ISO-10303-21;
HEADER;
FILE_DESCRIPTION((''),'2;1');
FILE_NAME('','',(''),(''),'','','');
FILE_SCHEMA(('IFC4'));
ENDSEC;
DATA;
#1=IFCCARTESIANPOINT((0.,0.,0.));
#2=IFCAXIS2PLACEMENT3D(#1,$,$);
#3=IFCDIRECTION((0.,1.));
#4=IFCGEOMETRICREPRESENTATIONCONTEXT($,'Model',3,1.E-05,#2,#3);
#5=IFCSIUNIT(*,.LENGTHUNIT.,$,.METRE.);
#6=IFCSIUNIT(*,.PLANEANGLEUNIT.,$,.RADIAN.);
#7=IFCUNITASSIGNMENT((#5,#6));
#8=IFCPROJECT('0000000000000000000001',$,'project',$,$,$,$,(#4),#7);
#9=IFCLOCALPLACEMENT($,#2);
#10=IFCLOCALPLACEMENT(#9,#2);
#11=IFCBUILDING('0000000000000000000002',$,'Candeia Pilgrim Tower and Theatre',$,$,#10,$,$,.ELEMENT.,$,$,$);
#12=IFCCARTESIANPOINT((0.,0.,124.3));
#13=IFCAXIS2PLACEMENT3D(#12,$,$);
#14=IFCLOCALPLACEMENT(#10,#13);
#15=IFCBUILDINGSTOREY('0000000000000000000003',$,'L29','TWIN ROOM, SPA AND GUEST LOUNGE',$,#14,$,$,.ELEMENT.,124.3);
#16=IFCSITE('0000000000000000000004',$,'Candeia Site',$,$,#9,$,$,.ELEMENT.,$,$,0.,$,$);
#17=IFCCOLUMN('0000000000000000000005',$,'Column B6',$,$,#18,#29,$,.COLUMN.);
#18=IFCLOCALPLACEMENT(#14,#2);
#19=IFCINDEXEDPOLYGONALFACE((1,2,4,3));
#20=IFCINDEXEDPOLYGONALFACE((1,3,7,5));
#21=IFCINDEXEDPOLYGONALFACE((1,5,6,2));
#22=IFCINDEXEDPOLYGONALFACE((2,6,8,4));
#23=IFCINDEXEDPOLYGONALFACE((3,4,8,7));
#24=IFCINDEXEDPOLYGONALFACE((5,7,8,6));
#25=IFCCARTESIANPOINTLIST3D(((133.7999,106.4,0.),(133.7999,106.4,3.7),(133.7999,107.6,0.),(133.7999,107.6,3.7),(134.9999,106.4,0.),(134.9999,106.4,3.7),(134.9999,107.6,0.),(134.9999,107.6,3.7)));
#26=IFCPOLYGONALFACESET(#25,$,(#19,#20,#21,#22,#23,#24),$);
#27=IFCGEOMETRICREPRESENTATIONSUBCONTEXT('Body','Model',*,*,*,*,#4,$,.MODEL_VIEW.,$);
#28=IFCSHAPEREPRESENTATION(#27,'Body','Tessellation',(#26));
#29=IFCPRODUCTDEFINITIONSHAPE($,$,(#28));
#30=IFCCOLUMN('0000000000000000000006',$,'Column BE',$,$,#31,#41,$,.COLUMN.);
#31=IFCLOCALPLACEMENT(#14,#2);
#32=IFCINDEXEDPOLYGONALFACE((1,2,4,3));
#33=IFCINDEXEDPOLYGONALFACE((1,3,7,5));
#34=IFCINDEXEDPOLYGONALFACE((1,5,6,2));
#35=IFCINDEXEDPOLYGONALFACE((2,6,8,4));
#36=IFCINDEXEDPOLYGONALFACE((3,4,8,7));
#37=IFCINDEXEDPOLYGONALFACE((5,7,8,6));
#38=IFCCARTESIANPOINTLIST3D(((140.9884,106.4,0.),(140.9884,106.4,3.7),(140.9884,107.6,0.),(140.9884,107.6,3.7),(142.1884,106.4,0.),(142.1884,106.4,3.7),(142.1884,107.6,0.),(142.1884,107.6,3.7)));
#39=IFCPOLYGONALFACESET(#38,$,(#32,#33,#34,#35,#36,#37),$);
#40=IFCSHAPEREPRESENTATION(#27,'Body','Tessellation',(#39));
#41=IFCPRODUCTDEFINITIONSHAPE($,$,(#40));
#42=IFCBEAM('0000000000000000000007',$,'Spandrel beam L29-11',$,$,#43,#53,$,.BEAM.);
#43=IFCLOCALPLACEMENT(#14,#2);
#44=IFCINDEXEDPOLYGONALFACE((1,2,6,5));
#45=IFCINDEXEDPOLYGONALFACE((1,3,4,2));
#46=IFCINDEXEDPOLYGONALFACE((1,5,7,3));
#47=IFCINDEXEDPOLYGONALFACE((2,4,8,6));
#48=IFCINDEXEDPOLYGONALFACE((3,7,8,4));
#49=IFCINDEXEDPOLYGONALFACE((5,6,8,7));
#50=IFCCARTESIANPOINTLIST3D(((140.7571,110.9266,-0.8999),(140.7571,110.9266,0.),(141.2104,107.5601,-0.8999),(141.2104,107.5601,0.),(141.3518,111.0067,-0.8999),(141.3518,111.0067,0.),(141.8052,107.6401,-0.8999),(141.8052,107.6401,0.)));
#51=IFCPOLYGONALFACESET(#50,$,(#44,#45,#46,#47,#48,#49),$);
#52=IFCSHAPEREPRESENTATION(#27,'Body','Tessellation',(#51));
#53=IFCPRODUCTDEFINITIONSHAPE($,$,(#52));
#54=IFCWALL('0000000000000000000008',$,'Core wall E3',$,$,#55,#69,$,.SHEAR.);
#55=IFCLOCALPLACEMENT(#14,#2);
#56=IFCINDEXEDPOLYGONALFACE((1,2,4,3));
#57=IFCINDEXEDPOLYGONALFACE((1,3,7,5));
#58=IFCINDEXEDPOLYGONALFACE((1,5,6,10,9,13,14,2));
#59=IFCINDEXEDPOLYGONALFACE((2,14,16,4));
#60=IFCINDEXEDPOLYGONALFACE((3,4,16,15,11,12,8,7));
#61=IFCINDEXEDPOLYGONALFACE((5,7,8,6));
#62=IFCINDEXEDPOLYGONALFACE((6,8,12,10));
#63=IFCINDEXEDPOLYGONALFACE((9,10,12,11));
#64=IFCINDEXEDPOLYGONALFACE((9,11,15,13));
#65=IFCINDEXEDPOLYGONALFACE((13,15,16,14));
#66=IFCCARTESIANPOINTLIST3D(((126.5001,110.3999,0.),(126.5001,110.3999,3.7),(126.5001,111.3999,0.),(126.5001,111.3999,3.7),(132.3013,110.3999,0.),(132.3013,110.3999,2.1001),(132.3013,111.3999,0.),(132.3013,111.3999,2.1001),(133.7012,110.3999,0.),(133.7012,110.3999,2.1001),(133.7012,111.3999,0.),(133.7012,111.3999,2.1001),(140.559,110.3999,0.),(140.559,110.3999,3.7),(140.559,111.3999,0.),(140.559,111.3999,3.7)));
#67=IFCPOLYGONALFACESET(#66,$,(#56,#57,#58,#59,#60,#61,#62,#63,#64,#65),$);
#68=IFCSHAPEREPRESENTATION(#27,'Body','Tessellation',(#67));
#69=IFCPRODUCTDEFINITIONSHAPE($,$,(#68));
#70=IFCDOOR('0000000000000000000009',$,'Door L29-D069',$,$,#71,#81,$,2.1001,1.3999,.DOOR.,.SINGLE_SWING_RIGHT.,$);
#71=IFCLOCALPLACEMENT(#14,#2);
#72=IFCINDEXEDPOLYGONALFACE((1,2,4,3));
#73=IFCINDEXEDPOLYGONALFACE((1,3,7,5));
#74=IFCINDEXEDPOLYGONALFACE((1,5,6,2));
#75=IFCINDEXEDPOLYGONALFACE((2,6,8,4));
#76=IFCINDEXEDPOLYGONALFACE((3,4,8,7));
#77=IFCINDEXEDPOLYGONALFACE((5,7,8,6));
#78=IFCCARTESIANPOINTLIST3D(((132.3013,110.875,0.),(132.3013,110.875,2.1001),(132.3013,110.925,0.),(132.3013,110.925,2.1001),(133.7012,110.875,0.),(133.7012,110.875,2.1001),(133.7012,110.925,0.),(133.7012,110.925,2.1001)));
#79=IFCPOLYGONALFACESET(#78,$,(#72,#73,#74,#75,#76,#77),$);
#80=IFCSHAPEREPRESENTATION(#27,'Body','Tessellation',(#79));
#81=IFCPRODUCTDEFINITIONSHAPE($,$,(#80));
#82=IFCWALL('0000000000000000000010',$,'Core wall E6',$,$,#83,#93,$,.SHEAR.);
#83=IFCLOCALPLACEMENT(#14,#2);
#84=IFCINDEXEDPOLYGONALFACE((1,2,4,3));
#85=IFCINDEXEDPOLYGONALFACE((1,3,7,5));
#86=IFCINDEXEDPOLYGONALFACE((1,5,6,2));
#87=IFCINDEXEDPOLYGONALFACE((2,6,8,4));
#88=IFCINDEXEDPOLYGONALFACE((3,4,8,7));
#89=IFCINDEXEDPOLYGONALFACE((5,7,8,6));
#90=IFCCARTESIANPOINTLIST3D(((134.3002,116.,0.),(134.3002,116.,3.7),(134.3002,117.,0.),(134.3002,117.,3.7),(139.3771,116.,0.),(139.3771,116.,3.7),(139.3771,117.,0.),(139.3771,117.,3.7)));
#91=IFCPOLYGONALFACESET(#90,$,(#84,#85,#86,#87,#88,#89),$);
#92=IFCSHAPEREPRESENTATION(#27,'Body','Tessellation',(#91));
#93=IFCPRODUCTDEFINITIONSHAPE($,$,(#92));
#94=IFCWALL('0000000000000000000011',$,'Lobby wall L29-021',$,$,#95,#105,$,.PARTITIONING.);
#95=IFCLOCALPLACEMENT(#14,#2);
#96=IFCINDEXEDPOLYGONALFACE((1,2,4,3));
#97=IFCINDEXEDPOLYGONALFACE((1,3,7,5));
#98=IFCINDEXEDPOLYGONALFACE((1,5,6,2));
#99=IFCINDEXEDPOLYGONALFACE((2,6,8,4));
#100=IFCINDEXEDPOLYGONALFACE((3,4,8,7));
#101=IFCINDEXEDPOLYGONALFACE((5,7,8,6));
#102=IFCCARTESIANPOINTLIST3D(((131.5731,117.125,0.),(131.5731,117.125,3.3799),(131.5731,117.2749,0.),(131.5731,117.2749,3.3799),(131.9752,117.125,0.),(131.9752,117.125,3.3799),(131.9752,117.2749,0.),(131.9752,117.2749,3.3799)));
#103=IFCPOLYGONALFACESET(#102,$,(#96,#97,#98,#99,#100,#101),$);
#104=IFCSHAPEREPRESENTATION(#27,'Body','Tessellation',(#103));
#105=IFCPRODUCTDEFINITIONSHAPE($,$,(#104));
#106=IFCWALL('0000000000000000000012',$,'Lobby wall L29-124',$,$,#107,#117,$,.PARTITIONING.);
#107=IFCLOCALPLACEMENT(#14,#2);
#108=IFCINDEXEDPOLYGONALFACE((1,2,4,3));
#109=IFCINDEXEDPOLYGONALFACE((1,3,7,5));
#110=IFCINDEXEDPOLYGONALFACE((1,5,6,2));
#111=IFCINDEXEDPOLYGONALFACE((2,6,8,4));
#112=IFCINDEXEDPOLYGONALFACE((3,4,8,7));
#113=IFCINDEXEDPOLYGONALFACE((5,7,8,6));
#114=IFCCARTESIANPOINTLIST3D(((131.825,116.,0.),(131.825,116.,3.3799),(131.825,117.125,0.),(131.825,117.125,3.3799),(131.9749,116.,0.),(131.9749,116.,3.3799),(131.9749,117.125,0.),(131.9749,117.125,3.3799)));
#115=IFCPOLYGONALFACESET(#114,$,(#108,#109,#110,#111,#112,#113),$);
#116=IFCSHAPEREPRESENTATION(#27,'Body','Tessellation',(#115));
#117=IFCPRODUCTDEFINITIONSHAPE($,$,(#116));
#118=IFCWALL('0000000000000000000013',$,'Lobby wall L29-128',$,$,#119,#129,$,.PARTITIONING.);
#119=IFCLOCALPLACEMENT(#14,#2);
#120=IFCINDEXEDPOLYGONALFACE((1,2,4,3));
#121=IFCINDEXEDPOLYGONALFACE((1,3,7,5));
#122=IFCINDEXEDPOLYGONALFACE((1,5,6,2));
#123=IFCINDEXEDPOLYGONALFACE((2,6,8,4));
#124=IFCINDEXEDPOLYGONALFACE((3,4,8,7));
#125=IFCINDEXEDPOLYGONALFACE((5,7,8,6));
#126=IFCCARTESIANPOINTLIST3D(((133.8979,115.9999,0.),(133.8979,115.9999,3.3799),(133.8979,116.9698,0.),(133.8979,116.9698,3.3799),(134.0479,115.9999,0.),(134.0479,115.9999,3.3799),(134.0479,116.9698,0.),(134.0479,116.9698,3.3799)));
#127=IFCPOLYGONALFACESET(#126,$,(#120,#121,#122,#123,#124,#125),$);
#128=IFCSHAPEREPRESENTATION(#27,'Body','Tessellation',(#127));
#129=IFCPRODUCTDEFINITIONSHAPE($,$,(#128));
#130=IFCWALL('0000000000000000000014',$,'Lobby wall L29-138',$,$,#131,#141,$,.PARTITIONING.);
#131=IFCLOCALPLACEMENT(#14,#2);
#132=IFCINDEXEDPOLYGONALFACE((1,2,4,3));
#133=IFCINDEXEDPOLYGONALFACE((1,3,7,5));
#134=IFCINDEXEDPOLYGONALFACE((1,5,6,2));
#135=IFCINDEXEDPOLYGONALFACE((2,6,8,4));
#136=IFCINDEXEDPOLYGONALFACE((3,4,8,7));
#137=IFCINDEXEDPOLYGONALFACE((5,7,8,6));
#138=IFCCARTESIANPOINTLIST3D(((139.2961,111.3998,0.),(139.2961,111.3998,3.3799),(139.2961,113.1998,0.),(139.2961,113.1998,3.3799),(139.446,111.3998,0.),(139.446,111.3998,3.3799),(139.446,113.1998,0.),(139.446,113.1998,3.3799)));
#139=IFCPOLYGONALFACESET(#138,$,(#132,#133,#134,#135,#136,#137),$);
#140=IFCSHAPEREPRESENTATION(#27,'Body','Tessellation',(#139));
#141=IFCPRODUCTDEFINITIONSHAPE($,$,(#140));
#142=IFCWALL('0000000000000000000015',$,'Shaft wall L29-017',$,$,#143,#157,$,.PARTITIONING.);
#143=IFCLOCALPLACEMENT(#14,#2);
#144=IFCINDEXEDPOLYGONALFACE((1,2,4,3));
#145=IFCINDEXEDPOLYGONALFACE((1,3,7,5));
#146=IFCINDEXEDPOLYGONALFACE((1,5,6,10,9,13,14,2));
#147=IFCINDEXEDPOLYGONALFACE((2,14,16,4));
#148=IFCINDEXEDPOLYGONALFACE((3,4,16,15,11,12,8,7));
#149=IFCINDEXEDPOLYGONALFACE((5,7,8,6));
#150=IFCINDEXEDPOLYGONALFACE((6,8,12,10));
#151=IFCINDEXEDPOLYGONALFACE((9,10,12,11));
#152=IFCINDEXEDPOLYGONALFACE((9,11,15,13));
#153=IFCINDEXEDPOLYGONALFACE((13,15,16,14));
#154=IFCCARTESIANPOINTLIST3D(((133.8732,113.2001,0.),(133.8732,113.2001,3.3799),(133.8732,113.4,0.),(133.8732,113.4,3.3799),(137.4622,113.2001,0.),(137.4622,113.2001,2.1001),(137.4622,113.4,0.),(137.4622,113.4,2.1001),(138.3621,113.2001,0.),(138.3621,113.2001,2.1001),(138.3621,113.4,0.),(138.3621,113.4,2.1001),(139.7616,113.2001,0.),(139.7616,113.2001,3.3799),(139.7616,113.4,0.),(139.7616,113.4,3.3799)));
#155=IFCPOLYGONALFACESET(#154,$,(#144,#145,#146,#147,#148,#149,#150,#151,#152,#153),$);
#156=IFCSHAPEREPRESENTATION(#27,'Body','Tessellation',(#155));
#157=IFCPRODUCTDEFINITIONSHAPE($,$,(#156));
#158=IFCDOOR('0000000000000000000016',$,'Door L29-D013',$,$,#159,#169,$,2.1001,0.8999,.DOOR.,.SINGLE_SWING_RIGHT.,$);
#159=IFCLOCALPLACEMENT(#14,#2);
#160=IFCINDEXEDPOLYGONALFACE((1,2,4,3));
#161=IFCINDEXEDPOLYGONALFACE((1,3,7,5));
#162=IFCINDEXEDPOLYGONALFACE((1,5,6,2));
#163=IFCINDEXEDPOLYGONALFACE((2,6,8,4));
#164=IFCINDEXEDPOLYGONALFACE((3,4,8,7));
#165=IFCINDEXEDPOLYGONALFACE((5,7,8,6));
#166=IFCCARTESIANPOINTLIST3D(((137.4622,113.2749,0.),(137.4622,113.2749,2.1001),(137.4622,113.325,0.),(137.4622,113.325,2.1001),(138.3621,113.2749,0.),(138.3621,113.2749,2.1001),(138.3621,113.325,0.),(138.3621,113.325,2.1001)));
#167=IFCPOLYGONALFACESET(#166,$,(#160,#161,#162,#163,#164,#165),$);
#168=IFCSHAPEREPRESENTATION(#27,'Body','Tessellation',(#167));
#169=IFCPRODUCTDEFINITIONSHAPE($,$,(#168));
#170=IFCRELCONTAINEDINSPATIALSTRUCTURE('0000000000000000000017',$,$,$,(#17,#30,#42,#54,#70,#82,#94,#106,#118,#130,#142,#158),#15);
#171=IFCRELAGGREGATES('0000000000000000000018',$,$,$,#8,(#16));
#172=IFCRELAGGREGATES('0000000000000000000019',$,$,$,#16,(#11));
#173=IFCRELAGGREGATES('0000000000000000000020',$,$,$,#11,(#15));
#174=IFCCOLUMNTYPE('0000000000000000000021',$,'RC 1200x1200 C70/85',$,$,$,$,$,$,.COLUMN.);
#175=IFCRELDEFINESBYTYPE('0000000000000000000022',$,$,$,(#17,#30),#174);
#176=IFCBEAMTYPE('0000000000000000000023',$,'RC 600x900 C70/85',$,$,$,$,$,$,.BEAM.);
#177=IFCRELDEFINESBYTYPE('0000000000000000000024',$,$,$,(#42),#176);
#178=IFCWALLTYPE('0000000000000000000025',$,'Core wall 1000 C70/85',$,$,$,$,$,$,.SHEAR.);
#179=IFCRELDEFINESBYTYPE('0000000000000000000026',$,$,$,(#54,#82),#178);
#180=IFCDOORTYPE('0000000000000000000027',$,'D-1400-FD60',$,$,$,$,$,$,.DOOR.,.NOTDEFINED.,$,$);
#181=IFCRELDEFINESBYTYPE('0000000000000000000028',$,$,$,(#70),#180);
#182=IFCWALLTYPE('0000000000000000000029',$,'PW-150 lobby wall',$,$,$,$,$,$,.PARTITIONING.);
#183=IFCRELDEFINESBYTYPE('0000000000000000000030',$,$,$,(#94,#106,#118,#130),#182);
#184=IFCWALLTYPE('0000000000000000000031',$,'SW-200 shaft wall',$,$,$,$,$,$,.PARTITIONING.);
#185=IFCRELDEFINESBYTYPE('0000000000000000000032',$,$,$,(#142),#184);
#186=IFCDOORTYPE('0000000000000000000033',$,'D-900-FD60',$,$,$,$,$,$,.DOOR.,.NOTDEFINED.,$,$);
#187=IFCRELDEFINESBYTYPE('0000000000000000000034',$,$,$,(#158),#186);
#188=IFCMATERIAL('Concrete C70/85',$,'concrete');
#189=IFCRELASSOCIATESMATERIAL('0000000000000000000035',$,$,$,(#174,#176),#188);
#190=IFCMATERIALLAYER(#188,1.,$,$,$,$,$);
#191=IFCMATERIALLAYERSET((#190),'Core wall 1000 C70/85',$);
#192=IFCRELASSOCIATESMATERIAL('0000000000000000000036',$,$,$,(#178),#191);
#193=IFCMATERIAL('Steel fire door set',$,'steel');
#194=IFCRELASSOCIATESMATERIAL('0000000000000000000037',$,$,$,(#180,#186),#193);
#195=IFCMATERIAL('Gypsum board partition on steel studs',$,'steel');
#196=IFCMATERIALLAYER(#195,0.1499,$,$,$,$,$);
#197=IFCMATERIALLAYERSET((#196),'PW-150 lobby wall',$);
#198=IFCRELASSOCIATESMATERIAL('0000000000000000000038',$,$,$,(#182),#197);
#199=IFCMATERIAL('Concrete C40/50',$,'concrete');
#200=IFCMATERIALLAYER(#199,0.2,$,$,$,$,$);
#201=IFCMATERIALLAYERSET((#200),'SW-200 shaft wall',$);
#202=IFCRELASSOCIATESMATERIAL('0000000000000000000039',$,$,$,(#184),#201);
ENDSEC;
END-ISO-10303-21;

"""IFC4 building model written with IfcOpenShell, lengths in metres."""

from ifc_helpers import new_model, si_unit, direction, frame, frame_2d, origin, origin_2d, place, context, subcontext, project, spatial, rectangle, extrude, material, layer, layer_set, material_profile, profile_set, type_object, element, fill, save


model = new_model("IFC4")

# Units and contexts
model_context = context("Model", 3, precision=1e-05, world=origin(), true_north=direction((0.0, 1.0)))
body_context = subcontext(model_context, "Body", "Model", "MODEL_VIEW")
ifc_project = project(units=[si_unit("LENGTHUNIT", "METRE"), si_unit("PLANEANGLEUNIT", "RADIAN")], contexts=[model_context])

# Site, building, storey
site_placement = place(None, origin())
site = spatial("IfcSite", under=ifc_project, at=site_placement, Name="Candeia Site", CompositionType="ELEMENT", RefElevation=0.0)
building_placement = place(site_placement, origin())
building = spatial("IfcBuilding", under=site, at=building_placement, Name="Candeia Pilgrim Tower and Theatre", CompositionType="ELEMENT")
storey_placement = place(building_placement, frame((0.0, 0.0, 124.3)))
storey = spatial("IfcBuildingStorey", under=building, at=storey_placement, Name="L29", Description="TWIN ROOM, SPA AND GUEST LOUNGE", CompositionType="ELEMENT", Elevation=124.3)

# Columns
ifc_material_1 = material(Name="Concrete C70/85", Category="concrete")
ifc_material_profile_1 = material_profile(ifc_material_1, rectangle(XDim=1.2, YDim=1.2, at=origin_2d()))
ifc_profile_set_1 = profile_set([ifc_material_profile_1], Name="Concrete C70/85")
column_type = type_object("IfcColumnType", Name="RC 1200x1200 C70/85", PredefinedType="COLUMN", material=ifc_profile_set_1)
for number, where, z_axis, x_axis, name in (
    (1, (134.3999, 107.0, 0.0), (0.0, 0.0, 1.0), (1.0, 0.0, 0.0), "Column B6"),
    (2, (141.5884, 107.0, 0.0), (0.0, 0.0, 1.0), (1.0, 0.0, 0.0), "Column BE"),
):
    element("IfcColumn", number, at=place(storey_placement, frame(where, z_axis=z_axis, x_axis=x_axis)), inside=storey, type_object=column_type, Name=name, PredefinedType="COLUMN", context=body_context, shape_type="SweptSolid", body=[
        extrude(rectangle(XDim=1.2, YDim=1.2, at=origin_2d()), origin(), (0.0, 0.0, 1.0), 3.7),
    ])

# Beam
ifc_material_profile_2 = material_profile(ifc_material_1, rectangle(XDim=0.6001, YDim=0.8999, at=origin_2d()))
ifc_profile_set_2 = profile_set([ifc_material_profile_2], Name="Concrete C70/85")
beam_type = type_object("IfcBeamType", Name="RC 600x900 C70/85", PredefinedType="BEAM", material=ifc_profile_set_2)
beam_placement = place(storey_placement, frame((141.5078, 107.6001, -0.45), z_axis=(-0.133458, 0.991054, 0.0), x_axis=(-0.991054, -0.133458, 0.0)))
element("IfcBeam", 3, at=beam_placement, inside=storey, type_object=beam_type, Name="Spandrel beam L29-11", PredefinedType="BEAM", context=body_context, shape_type="SweptSolid", body=[
    extrude(rectangle(XDim=0.6001, YDim=0.8999, at=origin_2d()), origin(), (0.0, 0.0, 1.0), 3.397),
])

# Wall, opening, door
ifc_layer_1 = layer(ifc_material_1, 1.0)
ifc_layer_set_1 = layer_set([ifc_layer_1], Name="Core wall 1000 C70/85")
wall_type_1 = type_object("IfcWallType", Name="Core wall 1000 C70/85", PredefinedType="SHEAR", material=ifc_layer_set_1)
wall_1_placement = place(storey_placement, frame((140.5588, 110.8999, 0.0), z_axis=(0.0, 0.0, 1.0), x_axis=(-1.0, 0.0, 0.0)))
wall_1 = element("IfcWall", 4, at=wall_1_placement, inside=storey, type_object=wall_type_1, Name="Core wall E3", PredefinedType="SHEAR", context=body_context, shape_type="SweptSolid", body=[
    extrude(rectangle(XDim=14.0588, YDim=1.0, at=frame_2d((7.0293, 0.0))), origin(), (0.0, 0.0, 1.0), 3.7),
])
opening_1_placement = place(wall_1_placement, frame((6.8577, 0.0, 0.0)))
opening_1 = element("IfcOpeningElement", 5, at=opening_1_placement, cuts=wall_1, PredefinedType="OPENING", context=body_context, shape_type="SweptSolid", body=[
    extrude(rectangle(XDim=1.3999, YDim=2.1001, at=frame_2d((0.7, 1.05))), frame((0.0, 0.51, 0.0), z_axis=(0.0, -1.0, 0.0), x_axis=(1.0, 0.0, 0.0)), (0.0, 0.0, 1.0), 1.02),
])
ifc_material_2 = material(Name="Steel fire door set", Category="steel")
door_type_1 = type_object("IfcDoorType", Name="D-1400-FD60", OperationType="NOTDEFINED", PredefinedType="DOOR", material=ifc_material_2)
door_1_placement = place(opening_1_placement, origin())
door_1 = element("IfcDoor", 6, at=door_1_placement, inside=storey, type_object=door_type_1, Name="Door L29-D069", OperationType="SINGLE_SWING_RIGHT", OverallHeight=2.1001, OverallWidth=1.3999, PredefinedType="DOOR", context=body_context, shape_type="SweptSolid", body=[
    extrude(rectangle(XDim=1.3999, YDim=2.1001, at=frame_2d((0.7, 1.05))), frame((0.0, 0.0249, 0.0), z_axis=(0.0, -1.0, 0.0), x_axis=(1.0, 0.0, 0.0)), (0.0, 0.0, 1.0), 0.05),
])
fill(opening_1, door_1)

# Walls
wall_2_placement = place(storey_placement, frame((134.3, 116.5, 0.0), z_axis=(0.0, 0.0, 1.0), x_axis=(1.0, 0.0, 0.0)))
element("IfcWall", 7, at=wall_2_placement, inside=storey, type_object=wall_type_1, Name="Core wall E6", PredefinedType="SHEAR", context=body_context, shape_type="SweptSolid", body=[
    extrude(rectangle(XDim=5.0769, YDim=1.0, at=frame_2d((2.5386, 0.0))), origin(), (0.0, 0.0, 1.0), 3.7),
])
ifc_material_3 = material(Name="Gypsum board partition on steel studs", Category="steel")
ifc_layer_2 = layer(ifc_material_3, 0.1499)
ifc_layer_set_2 = layer_set([ifc_layer_2], Name="PW-150 lobby wall")
wall_type_2 = type_object("IfcWallType", Name="PW-150 lobby wall", PredefinedType="PARTITIONING", material=ifc_layer_set_2)
wall_3_placement = place(storey_placement, frame((131.573, 117.2, 0.0), z_axis=(0.0, 0.0, 1.0), x_axis=(1.0, 0.0, 0.0)))
element("IfcWall", 8, at=wall_3_placement, inside=storey, type_object=wall_type_2, Name="Lobby wall L29-021", PredefinedType="PARTITIONING", context=body_context, shape_type="SweptSolid", body=[
    extrude(rectangle(XDim=0.4021, YDim=0.1499, at=frame_2d((0.2012, 0.0))), origin(), (0.0, 0.0, 1.0), 3.3799),
])
wall_4_placement = place(storey_placement, frame((131.8999, 116.0, 0.0), z_axis=(0.0, 0.0, 1.0), x_axis=(0.0, 1.0, 0.0)))
element("IfcWall", 9, at=wall_4_placement, inside=storey, type_object=wall_type_2, Name="Lobby wall L29-124", PredefinedType="PARTITIONING", context=body_context, shape_type="SweptSolid", body=[
    extrude(rectangle(XDim=1.125, YDim=0.1499, at=frame_2d((0.5625, 0.0))), origin(), (0.0, 0.0, 1.0), 3.3799),
])
wall_5_placement = place(storey_placement, frame((133.9729, 116.0, 0.0), z_axis=(0.0, 0.0, 1.0), x_axis=(0.0, 1.0, 0.0)))
element("IfcWall", 10, at=wall_5_placement, inside=storey, type_object=wall_type_2, Name="Lobby wall L29-128", PredefinedType="PARTITIONING", context=body_context, shape_type="SweptSolid", body=[
    extrude(rectangle(XDim=0.97, YDim=0.1499, at=frame_2d((0.4849, 0.0))), origin(), (0.0, 0.0, 1.0), 3.3799),
])
wall_6_placement = place(storey_placement, frame((139.3711, 111.3999, 0.0), z_axis=(0.0, 0.0, 1.0), x_axis=(0.0, 1.0, 0.0)))
element("IfcWall", 11, at=wall_6_placement, inside=storey, type_object=wall_type_2, Name="Lobby wall L29-138", PredefinedType="PARTITIONING", context=body_context, shape_type="SweptSolid", body=[
    extrude(rectangle(XDim=1.8, YDim=0.1499, at=frame_2d((0.8999, 0.0))), origin(), (0.0, 0.0, 1.0), 3.3799),
])

# Wall, opening, door
ifc_material_4 = material(Name="Concrete C40/50", Category="concrete")
ifc_layer_3 = layer(ifc_material_4, 0.2)
ifc_layer_set_3 = layer_set([ifc_layer_3], Name="SW-200 shaft wall")
wall_type_3 = type_object("IfcWallType", Name="SW-200 shaft wall", PredefinedType="PARTITIONING", material=ifc_layer_set_3)
wall_7_placement = place(storey_placement, frame((133.873, 113.3, 0.0), z_axis=(0.0, 0.0, 1.0), x_axis=(1.0, 0.0, 0.0)))
wall_7 = element("IfcWall", 12, at=wall_7_placement, inside=storey, type_object=wall_type_3, Name="Shaft wall L29-017", PredefinedType="PARTITIONING", context=body_context, shape_type="SweptSolid", body=[
    extrude(rectangle(XDim=5.8884, YDim=0.2, at=frame_2d((2.9443, 0.0))), origin(), (0.0, 0.0, 1.0), 3.3799),
])
opening_2_placement = place(wall_7_placement, frame((3.5891, 0.0, 0.0)))
opening_2 = element("IfcOpeningElement", 13, at=opening_2_placement, cuts=wall_7, PredefinedType="OPENING", context=body_context, shape_type="SweptSolid", body=[
    extrude(rectangle(XDim=0.8999, YDim=2.1001, at=frame_2d((0.45, 1.05))), frame((0.0, 0.1099, 0.0), z_axis=(0.0, -1.0, 0.0), x_axis=(1.0, 0.0, 0.0)), (0.0, 0.0, 1.0), 0.22),
])
door_type_2 = type_object("IfcDoorType", Name="D-900-FD60", OperationType="NOTDEFINED", PredefinedType="DOOR", material=ifc_material_2)
door_2_placement = place(opening_2_placement, origin())
door_2 = element("IfcDoor", 14, at=door_2_placement, inside=storey, type_object=door_type_2, Name="Door L29-D013", OperationType="SINGLE_SWING_RIGHT", OverallHeight=2.1001, OverallWidth=0.8999, PredefinedType="DOOR", context=body_context, shape_type="SweptSolid", body=[
    extrude(rectangle(XDim=0.8999, YDim=2.1001, at=frame_2d((0.45, 1.05))), frame((0.0, 0.0249, 0.0), z_axis=(0.0, -1.0, 0.0), x_axis=(1.0, 0.0, 0.0)), (0.0, 0.0, 1.0), 0.05),
])
fill(opening_2, door_2)

save(model, "model.ifc")
